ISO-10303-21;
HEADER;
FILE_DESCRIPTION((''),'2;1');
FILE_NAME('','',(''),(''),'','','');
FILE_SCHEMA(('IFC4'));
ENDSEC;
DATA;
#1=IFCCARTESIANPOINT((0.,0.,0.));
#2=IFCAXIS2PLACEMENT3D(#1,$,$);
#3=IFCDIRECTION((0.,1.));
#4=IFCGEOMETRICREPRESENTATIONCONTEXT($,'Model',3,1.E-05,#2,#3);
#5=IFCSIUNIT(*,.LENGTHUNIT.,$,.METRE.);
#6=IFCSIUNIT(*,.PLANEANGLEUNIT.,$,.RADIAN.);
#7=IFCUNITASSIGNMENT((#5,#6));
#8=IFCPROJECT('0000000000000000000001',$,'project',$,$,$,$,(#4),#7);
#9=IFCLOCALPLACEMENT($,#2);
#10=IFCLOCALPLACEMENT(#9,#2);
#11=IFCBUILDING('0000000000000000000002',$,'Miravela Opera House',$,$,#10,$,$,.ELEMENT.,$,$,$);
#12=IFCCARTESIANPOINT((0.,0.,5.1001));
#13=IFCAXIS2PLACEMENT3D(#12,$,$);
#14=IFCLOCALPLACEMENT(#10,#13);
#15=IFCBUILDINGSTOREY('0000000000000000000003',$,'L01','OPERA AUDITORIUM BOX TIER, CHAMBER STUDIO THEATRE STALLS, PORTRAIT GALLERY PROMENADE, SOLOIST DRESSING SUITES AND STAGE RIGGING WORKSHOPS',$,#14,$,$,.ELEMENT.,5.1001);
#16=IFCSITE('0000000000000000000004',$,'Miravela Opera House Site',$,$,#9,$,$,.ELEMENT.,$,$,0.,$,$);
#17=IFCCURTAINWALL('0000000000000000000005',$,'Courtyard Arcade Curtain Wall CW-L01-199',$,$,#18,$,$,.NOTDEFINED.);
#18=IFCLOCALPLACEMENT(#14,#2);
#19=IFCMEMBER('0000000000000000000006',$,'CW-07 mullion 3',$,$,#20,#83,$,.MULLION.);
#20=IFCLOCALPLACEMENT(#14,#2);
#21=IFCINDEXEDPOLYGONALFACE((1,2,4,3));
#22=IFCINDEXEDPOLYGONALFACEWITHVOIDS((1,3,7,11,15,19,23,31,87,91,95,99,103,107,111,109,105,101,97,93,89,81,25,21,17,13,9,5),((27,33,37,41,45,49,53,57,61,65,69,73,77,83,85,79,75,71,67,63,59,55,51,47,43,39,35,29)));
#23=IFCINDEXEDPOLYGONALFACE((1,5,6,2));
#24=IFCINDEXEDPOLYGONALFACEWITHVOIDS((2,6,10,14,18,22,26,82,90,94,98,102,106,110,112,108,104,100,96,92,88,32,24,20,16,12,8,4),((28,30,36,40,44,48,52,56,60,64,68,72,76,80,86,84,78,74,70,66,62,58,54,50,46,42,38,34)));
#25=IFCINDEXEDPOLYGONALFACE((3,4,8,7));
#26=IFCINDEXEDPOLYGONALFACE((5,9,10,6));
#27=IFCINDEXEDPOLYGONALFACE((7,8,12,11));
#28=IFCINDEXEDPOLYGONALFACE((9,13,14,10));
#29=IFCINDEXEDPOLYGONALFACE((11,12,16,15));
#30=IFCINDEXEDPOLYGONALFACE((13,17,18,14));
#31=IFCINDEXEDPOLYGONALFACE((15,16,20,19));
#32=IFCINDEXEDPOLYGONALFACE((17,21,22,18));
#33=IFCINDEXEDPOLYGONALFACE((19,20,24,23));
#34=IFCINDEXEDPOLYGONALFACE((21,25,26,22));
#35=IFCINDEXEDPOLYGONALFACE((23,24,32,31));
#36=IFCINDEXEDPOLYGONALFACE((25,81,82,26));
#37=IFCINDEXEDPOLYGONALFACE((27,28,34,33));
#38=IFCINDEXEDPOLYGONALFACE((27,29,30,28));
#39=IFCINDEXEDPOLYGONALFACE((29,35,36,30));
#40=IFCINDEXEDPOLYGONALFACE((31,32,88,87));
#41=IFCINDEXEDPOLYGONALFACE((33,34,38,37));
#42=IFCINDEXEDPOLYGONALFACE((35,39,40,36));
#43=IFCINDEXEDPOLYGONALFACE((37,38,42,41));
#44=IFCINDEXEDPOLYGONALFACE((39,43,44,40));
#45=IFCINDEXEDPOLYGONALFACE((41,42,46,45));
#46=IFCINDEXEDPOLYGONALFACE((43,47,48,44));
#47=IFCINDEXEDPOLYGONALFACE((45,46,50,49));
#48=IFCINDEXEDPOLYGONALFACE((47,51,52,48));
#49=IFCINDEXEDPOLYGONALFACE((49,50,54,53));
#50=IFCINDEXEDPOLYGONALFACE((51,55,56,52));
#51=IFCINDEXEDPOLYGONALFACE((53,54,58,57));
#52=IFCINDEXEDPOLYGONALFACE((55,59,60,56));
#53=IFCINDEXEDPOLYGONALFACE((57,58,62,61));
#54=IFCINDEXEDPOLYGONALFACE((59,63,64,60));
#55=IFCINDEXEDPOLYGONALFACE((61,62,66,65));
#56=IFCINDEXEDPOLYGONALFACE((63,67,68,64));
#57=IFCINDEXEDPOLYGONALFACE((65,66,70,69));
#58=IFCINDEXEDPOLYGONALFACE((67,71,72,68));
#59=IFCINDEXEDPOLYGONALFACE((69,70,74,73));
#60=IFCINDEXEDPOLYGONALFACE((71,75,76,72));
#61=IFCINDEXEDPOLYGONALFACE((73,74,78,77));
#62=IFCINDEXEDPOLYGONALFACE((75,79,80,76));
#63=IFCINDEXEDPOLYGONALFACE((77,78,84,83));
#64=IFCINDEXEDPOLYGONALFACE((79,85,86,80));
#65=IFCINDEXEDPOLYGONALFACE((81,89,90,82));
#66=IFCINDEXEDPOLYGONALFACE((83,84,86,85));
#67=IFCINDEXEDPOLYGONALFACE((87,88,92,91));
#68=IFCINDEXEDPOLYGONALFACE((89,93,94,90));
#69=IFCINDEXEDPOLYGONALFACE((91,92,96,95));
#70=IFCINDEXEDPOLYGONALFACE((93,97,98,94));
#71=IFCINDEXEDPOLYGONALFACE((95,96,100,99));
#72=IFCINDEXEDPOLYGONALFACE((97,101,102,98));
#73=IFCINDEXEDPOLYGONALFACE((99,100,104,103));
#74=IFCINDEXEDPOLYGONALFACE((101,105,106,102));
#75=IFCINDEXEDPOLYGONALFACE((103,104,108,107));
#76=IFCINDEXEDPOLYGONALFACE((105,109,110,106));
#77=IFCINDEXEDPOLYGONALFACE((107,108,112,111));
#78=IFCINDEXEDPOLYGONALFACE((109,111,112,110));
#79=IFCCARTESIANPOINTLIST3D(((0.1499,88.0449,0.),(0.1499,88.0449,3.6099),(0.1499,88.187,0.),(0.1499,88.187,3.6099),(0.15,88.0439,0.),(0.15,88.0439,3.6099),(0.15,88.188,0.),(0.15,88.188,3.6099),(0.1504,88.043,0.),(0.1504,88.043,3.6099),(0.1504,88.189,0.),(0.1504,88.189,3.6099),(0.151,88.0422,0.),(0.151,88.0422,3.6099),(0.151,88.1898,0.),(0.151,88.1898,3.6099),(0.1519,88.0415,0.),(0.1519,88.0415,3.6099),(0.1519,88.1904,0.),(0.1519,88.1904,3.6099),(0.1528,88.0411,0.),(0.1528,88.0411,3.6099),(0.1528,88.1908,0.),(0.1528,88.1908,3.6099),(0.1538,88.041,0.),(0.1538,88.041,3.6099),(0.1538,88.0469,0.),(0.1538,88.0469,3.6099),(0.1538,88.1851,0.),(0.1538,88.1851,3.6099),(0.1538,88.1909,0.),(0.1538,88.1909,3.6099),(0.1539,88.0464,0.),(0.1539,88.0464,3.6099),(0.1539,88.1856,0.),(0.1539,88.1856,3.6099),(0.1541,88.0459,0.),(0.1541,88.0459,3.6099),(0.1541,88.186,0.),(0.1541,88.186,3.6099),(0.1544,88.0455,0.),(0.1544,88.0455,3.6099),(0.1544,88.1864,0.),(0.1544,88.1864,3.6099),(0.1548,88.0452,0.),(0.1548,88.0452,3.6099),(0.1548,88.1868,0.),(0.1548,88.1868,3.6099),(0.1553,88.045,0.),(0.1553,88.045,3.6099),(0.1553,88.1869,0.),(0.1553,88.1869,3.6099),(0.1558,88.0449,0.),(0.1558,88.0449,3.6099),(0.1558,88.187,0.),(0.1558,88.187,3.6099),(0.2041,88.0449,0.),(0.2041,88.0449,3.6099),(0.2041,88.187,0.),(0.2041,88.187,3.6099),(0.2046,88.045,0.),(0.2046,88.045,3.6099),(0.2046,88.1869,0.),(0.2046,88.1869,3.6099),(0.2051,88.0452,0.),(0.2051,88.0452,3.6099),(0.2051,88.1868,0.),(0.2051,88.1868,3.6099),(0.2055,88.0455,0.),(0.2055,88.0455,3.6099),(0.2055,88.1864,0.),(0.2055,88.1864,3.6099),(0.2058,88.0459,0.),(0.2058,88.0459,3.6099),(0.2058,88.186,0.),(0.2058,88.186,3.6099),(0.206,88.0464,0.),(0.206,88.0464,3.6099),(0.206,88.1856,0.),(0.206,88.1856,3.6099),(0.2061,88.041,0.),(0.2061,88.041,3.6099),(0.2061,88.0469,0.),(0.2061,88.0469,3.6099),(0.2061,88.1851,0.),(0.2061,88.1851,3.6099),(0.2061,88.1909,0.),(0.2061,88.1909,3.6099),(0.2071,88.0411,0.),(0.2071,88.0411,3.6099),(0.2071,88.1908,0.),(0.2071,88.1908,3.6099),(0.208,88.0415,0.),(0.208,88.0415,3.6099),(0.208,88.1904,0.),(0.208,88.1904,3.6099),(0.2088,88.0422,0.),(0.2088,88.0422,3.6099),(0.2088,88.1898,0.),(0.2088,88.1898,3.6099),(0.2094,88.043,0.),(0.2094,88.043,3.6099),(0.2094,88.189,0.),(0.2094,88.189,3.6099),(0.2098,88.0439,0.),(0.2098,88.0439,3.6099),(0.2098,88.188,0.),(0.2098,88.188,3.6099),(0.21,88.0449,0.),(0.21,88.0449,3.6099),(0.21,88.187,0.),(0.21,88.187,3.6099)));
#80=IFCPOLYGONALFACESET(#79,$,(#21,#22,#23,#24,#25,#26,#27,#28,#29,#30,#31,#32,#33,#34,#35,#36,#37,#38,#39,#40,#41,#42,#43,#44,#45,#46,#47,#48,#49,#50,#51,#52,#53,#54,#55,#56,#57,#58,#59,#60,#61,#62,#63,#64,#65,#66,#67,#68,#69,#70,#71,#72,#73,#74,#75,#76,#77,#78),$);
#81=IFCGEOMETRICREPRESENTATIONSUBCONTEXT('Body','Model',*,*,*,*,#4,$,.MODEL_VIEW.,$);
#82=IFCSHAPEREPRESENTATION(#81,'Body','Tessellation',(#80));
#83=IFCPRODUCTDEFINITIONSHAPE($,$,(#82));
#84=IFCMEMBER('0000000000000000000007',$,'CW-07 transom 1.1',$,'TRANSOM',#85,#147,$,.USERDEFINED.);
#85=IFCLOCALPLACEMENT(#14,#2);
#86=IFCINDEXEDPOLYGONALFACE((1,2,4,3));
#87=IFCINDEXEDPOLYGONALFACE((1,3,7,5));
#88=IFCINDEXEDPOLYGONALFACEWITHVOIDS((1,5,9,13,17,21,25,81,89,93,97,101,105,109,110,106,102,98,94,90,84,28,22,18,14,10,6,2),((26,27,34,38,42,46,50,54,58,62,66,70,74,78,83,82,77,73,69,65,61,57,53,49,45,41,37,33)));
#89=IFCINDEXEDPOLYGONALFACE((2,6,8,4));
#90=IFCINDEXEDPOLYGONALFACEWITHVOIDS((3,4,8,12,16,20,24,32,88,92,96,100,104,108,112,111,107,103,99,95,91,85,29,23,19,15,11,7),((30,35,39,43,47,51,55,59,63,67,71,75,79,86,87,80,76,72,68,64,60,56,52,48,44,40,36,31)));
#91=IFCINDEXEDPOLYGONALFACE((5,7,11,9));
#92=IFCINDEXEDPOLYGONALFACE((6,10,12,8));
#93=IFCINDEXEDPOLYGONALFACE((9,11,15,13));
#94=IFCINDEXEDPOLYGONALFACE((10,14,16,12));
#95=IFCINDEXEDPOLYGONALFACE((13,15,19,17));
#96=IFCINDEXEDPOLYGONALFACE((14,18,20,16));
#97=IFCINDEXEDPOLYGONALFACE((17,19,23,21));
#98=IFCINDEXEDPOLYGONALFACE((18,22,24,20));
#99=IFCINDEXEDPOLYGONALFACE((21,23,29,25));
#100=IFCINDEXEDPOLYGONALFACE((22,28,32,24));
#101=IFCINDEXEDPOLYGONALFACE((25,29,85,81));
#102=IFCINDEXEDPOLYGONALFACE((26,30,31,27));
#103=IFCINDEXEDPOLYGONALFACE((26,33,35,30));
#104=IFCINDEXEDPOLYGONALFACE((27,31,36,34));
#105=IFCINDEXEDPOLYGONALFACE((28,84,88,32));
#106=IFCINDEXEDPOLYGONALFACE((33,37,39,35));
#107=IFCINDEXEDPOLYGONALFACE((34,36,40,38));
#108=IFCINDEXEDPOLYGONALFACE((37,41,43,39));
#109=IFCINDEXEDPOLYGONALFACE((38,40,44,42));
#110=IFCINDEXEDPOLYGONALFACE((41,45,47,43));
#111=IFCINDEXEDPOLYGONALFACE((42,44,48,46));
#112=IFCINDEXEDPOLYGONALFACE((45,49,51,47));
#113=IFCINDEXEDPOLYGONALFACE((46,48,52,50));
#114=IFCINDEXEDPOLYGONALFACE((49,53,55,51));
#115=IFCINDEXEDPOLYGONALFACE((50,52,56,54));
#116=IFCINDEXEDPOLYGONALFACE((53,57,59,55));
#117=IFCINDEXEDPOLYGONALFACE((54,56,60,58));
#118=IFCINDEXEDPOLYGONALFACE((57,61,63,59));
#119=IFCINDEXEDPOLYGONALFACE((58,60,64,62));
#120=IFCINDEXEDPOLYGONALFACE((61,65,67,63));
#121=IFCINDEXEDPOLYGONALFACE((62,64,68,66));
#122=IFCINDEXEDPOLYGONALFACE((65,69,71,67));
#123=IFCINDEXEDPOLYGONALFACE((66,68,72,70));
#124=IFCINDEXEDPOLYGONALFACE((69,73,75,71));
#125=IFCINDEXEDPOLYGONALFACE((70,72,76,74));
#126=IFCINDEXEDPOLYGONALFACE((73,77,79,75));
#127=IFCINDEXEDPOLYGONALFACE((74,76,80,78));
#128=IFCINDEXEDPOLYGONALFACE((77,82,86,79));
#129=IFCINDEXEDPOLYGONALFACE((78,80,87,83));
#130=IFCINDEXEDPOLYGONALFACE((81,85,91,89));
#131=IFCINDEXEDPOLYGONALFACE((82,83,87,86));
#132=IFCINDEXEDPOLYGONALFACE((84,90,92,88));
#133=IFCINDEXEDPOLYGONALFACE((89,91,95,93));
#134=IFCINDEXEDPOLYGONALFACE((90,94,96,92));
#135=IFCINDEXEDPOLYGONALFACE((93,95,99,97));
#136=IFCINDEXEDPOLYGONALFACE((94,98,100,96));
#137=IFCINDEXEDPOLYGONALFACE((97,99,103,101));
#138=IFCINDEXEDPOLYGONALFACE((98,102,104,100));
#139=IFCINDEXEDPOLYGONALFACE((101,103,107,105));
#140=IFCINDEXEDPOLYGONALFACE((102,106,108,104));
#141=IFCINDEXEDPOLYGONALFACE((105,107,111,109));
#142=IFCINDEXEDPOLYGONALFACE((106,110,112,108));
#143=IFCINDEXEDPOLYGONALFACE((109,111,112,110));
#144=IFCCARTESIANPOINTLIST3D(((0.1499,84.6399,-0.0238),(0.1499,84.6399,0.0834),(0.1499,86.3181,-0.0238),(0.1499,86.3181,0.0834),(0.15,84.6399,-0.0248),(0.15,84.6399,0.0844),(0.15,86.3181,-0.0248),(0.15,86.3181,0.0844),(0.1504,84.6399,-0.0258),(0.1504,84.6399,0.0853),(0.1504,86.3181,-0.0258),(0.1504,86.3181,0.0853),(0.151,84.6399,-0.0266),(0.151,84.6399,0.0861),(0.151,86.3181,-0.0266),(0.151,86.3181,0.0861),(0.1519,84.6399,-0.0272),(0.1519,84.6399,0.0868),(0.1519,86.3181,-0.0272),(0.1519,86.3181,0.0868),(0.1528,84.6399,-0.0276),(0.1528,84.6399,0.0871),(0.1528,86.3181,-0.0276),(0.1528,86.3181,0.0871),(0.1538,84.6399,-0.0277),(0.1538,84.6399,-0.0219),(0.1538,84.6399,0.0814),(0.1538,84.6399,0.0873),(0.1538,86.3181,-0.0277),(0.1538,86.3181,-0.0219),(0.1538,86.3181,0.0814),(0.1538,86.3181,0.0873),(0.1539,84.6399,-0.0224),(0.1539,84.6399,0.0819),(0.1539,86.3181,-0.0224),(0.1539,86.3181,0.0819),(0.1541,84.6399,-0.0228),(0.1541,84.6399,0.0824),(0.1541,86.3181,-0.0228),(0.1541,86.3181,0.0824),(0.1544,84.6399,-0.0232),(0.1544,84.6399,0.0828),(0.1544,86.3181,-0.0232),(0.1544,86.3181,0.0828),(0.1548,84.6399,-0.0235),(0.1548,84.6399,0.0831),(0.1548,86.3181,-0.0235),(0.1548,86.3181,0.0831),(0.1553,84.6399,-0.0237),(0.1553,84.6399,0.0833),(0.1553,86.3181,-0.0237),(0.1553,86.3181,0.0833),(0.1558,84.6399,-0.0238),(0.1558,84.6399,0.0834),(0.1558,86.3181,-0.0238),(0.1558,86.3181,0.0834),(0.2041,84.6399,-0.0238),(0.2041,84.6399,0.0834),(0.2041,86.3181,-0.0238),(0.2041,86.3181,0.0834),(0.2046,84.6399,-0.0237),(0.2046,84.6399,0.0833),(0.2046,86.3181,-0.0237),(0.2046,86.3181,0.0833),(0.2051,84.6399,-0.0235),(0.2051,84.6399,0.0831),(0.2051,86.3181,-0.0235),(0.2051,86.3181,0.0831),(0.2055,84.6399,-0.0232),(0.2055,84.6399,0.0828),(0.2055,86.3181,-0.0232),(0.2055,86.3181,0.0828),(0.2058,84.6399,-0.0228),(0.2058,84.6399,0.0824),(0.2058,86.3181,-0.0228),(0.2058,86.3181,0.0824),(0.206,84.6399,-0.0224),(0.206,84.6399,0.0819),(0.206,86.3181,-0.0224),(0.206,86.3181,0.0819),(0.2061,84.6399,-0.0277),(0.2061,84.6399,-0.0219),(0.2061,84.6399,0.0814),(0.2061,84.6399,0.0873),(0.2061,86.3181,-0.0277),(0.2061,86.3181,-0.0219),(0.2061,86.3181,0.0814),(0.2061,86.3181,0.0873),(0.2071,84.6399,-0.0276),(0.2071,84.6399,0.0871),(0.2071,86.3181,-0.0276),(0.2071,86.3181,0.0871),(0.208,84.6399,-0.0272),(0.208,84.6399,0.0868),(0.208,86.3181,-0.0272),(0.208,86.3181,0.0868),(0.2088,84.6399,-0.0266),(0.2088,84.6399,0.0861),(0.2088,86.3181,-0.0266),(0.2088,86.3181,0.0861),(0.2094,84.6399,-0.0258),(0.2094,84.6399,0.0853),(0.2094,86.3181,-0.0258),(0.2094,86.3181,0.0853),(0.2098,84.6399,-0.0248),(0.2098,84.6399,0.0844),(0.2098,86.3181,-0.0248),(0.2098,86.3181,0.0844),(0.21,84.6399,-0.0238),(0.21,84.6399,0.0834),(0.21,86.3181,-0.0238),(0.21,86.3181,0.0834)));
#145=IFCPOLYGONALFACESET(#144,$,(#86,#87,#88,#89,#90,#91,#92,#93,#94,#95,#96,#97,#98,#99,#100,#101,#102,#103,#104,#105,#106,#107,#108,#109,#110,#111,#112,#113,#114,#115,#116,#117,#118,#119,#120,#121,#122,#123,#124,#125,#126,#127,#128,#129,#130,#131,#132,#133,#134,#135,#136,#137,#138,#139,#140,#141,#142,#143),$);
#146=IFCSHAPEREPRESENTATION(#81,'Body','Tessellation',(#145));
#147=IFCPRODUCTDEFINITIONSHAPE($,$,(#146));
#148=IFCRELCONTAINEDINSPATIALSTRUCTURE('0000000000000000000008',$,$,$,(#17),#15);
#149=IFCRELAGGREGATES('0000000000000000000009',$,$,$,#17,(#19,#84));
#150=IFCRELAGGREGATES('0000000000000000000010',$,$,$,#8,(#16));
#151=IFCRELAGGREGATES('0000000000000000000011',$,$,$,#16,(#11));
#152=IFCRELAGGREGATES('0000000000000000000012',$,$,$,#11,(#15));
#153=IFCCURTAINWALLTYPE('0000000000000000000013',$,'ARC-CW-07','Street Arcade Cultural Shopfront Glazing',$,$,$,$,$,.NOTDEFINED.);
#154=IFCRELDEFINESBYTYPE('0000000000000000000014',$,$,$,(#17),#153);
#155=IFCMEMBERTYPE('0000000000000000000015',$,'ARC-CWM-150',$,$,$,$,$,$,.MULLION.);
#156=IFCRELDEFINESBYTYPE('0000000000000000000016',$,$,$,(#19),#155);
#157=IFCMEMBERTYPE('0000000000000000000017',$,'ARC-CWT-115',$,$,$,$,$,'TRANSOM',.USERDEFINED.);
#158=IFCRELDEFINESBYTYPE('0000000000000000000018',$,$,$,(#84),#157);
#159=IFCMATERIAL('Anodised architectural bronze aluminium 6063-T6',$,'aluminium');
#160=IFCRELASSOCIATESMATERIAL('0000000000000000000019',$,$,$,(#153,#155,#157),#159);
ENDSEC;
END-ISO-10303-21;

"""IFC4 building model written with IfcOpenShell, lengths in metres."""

from ifc_helpers import new_model, si_unit, direction, frame, origin, origin_2d, place, context, subcontext, project, spatial, hollow_rectangle, extrude, material, material_profile, profile_set, type_object, element, aggregate, save


model = new_model("IFC4")

# Units and contexts
model_context = context("Model", 3, precision=1e-05, world=origin(), true_north=direction((0.0, 1.0)))
body_context = subcontext(model_context, "Body", "Model", "MODEL_VIEW")
ifc_project = project(units=[si_unit("LENGTHUNIT", "METRE"), si_unit("PLANEANGLEUNIT", "RADIAN")], contexts=[model_context])

# Site, building, storey
site_placement = place(None, origin())
site = spatial("IfcSite", under=ifc_project, at=site_placement, Name="Miravela Opera House Site", CompositionType="ELEMENT", RefElevation=0.0)
building_placement = place(site_placement, origin())
building = spatial("IfcBuilding", under=site, at=building_placement, Name="Miravela Opera House", CompositionType="ELEMENT")
storey_placement = place(building_placement, frame((0.0, 0.0, 5.1001)))
storey = spatial("IfcBuildingStorey", under=building, at=storey_placement, Name="L01", Description="OPERA AUDITORIUM BOX TIER, CHAMBER STUDIO THEATRE STALLS, PORTRAIT GALLERY PROMENADE, SOLOIST DRESSING SUITES AND STAGE RIGGING WORKSHOPS", CompositionType="ELEMENT", Elevation=5.1001)

# Curtain wall, members
ifc_material_1 = material(Name="Anodised architectural bronze aluminium 6063-T6", Category="aluminium")
curtain_wall_type = type_object("IfcCurtainWallType", Name="ARC-CW-07", Description="Street Arcade Cultural Shopfront Glazing", PredefinedType="NOTDEFINED", material=ifc_material_1)
curtain_wall_placement = place(storey_placement, origin())
curtain_wall = element("IfcCurtainWall", 1, at=curtain_wall_placement, inside=storey, type_object=curtain_wall_type, Name="Courtyard Arcade Curtain Wall CW-L01-199", PredefinedType="NOTDEFINED")
ifc_material_profile_1 = material_profile(ifc_material_1, hollow_rectangle(XDim=0.0601, YDim=0.1499, WallThickness=0.0039, InnerFilletRadius=0.002, OuterFilletRadius=0.0039, at=origin_2d()), Name="CWM-60X150")
ifc_profile_set_1 = profile_set([ifc_material_profile_1])
member_type_1 = type_object("IfcMemberType", Name="ARC-CWM-150", PredefinedType="MULLION", material=ifc_profile_set_1)
member_1_placement = place(storey_placement, frame((0.1799, 88.116, 0.0), z_axis=(0.0, 0.0, 1.0), x_axis=(-1.0, 0.0, 0.0)))
member_1 = element("IfcMember", 2, at=member_1_placement, type_object=member_type_1, Name="CW-07 mullion 3", PredefinedType="MULLION", context=body_context, shape_type="SweptSolid", body=[
    extrude(hollow_rectangle(XDim=0.0601, YDim=0.1499, WallThickness=0.0039, InnerFilletRadius=0.002, OuterFilletRadius=0.0039, at=origin_2d()), origin(), (0.0, 0.0, 1.0), 3.6099),
])
ifc_material_profile_2 = material_profile(ifc_material_1, hollow_rectangle(XDim=0.0601, YDim=0.115, WallThickness=0.0039, InnerFilletRadius=0.002, OuterFilletRadius=0.0039, at=origin_2d()), Name="CWT-60X115")
ifc_profile_set_2 = profile_set([ifc_material_profile_2])
member_type_2 = type_object("IfcMemberType", Name="ARC-CWT-115", ElementType="TRANSOM", PredefinedType="USERDEFINED", material=ifc_profile_set_2)
member_2_placement = place(storey_placement, frame((0.1799, 84.6399, 0.0298), z_axis=(0.0, 1.0, 0.0), x_axis=(-1.0, 0.0, 0.0)))
member_2 = element("IfcMember", 3, at=member_2_placement, type_object=member_type_2, Name="CW-07 transom 1.1", ObjectType="TRANSOM", PredefinedType="USERDEFINED", context=body_context, shape_type="SweptSolid", body=[
    extrude(hollow_rectangle(XDim=0.0601, YDim=0.115, WallThickness=0.0039, InnerFilletRadius=0.002, OuterFilletRadius=0.0039, at=origin_2d()), origin(), (0.0, 0.0, 1.0), 1.6782),
])
aggregate(curtain_wall, [member_1, member_2])

save(model, "model.ifc")
